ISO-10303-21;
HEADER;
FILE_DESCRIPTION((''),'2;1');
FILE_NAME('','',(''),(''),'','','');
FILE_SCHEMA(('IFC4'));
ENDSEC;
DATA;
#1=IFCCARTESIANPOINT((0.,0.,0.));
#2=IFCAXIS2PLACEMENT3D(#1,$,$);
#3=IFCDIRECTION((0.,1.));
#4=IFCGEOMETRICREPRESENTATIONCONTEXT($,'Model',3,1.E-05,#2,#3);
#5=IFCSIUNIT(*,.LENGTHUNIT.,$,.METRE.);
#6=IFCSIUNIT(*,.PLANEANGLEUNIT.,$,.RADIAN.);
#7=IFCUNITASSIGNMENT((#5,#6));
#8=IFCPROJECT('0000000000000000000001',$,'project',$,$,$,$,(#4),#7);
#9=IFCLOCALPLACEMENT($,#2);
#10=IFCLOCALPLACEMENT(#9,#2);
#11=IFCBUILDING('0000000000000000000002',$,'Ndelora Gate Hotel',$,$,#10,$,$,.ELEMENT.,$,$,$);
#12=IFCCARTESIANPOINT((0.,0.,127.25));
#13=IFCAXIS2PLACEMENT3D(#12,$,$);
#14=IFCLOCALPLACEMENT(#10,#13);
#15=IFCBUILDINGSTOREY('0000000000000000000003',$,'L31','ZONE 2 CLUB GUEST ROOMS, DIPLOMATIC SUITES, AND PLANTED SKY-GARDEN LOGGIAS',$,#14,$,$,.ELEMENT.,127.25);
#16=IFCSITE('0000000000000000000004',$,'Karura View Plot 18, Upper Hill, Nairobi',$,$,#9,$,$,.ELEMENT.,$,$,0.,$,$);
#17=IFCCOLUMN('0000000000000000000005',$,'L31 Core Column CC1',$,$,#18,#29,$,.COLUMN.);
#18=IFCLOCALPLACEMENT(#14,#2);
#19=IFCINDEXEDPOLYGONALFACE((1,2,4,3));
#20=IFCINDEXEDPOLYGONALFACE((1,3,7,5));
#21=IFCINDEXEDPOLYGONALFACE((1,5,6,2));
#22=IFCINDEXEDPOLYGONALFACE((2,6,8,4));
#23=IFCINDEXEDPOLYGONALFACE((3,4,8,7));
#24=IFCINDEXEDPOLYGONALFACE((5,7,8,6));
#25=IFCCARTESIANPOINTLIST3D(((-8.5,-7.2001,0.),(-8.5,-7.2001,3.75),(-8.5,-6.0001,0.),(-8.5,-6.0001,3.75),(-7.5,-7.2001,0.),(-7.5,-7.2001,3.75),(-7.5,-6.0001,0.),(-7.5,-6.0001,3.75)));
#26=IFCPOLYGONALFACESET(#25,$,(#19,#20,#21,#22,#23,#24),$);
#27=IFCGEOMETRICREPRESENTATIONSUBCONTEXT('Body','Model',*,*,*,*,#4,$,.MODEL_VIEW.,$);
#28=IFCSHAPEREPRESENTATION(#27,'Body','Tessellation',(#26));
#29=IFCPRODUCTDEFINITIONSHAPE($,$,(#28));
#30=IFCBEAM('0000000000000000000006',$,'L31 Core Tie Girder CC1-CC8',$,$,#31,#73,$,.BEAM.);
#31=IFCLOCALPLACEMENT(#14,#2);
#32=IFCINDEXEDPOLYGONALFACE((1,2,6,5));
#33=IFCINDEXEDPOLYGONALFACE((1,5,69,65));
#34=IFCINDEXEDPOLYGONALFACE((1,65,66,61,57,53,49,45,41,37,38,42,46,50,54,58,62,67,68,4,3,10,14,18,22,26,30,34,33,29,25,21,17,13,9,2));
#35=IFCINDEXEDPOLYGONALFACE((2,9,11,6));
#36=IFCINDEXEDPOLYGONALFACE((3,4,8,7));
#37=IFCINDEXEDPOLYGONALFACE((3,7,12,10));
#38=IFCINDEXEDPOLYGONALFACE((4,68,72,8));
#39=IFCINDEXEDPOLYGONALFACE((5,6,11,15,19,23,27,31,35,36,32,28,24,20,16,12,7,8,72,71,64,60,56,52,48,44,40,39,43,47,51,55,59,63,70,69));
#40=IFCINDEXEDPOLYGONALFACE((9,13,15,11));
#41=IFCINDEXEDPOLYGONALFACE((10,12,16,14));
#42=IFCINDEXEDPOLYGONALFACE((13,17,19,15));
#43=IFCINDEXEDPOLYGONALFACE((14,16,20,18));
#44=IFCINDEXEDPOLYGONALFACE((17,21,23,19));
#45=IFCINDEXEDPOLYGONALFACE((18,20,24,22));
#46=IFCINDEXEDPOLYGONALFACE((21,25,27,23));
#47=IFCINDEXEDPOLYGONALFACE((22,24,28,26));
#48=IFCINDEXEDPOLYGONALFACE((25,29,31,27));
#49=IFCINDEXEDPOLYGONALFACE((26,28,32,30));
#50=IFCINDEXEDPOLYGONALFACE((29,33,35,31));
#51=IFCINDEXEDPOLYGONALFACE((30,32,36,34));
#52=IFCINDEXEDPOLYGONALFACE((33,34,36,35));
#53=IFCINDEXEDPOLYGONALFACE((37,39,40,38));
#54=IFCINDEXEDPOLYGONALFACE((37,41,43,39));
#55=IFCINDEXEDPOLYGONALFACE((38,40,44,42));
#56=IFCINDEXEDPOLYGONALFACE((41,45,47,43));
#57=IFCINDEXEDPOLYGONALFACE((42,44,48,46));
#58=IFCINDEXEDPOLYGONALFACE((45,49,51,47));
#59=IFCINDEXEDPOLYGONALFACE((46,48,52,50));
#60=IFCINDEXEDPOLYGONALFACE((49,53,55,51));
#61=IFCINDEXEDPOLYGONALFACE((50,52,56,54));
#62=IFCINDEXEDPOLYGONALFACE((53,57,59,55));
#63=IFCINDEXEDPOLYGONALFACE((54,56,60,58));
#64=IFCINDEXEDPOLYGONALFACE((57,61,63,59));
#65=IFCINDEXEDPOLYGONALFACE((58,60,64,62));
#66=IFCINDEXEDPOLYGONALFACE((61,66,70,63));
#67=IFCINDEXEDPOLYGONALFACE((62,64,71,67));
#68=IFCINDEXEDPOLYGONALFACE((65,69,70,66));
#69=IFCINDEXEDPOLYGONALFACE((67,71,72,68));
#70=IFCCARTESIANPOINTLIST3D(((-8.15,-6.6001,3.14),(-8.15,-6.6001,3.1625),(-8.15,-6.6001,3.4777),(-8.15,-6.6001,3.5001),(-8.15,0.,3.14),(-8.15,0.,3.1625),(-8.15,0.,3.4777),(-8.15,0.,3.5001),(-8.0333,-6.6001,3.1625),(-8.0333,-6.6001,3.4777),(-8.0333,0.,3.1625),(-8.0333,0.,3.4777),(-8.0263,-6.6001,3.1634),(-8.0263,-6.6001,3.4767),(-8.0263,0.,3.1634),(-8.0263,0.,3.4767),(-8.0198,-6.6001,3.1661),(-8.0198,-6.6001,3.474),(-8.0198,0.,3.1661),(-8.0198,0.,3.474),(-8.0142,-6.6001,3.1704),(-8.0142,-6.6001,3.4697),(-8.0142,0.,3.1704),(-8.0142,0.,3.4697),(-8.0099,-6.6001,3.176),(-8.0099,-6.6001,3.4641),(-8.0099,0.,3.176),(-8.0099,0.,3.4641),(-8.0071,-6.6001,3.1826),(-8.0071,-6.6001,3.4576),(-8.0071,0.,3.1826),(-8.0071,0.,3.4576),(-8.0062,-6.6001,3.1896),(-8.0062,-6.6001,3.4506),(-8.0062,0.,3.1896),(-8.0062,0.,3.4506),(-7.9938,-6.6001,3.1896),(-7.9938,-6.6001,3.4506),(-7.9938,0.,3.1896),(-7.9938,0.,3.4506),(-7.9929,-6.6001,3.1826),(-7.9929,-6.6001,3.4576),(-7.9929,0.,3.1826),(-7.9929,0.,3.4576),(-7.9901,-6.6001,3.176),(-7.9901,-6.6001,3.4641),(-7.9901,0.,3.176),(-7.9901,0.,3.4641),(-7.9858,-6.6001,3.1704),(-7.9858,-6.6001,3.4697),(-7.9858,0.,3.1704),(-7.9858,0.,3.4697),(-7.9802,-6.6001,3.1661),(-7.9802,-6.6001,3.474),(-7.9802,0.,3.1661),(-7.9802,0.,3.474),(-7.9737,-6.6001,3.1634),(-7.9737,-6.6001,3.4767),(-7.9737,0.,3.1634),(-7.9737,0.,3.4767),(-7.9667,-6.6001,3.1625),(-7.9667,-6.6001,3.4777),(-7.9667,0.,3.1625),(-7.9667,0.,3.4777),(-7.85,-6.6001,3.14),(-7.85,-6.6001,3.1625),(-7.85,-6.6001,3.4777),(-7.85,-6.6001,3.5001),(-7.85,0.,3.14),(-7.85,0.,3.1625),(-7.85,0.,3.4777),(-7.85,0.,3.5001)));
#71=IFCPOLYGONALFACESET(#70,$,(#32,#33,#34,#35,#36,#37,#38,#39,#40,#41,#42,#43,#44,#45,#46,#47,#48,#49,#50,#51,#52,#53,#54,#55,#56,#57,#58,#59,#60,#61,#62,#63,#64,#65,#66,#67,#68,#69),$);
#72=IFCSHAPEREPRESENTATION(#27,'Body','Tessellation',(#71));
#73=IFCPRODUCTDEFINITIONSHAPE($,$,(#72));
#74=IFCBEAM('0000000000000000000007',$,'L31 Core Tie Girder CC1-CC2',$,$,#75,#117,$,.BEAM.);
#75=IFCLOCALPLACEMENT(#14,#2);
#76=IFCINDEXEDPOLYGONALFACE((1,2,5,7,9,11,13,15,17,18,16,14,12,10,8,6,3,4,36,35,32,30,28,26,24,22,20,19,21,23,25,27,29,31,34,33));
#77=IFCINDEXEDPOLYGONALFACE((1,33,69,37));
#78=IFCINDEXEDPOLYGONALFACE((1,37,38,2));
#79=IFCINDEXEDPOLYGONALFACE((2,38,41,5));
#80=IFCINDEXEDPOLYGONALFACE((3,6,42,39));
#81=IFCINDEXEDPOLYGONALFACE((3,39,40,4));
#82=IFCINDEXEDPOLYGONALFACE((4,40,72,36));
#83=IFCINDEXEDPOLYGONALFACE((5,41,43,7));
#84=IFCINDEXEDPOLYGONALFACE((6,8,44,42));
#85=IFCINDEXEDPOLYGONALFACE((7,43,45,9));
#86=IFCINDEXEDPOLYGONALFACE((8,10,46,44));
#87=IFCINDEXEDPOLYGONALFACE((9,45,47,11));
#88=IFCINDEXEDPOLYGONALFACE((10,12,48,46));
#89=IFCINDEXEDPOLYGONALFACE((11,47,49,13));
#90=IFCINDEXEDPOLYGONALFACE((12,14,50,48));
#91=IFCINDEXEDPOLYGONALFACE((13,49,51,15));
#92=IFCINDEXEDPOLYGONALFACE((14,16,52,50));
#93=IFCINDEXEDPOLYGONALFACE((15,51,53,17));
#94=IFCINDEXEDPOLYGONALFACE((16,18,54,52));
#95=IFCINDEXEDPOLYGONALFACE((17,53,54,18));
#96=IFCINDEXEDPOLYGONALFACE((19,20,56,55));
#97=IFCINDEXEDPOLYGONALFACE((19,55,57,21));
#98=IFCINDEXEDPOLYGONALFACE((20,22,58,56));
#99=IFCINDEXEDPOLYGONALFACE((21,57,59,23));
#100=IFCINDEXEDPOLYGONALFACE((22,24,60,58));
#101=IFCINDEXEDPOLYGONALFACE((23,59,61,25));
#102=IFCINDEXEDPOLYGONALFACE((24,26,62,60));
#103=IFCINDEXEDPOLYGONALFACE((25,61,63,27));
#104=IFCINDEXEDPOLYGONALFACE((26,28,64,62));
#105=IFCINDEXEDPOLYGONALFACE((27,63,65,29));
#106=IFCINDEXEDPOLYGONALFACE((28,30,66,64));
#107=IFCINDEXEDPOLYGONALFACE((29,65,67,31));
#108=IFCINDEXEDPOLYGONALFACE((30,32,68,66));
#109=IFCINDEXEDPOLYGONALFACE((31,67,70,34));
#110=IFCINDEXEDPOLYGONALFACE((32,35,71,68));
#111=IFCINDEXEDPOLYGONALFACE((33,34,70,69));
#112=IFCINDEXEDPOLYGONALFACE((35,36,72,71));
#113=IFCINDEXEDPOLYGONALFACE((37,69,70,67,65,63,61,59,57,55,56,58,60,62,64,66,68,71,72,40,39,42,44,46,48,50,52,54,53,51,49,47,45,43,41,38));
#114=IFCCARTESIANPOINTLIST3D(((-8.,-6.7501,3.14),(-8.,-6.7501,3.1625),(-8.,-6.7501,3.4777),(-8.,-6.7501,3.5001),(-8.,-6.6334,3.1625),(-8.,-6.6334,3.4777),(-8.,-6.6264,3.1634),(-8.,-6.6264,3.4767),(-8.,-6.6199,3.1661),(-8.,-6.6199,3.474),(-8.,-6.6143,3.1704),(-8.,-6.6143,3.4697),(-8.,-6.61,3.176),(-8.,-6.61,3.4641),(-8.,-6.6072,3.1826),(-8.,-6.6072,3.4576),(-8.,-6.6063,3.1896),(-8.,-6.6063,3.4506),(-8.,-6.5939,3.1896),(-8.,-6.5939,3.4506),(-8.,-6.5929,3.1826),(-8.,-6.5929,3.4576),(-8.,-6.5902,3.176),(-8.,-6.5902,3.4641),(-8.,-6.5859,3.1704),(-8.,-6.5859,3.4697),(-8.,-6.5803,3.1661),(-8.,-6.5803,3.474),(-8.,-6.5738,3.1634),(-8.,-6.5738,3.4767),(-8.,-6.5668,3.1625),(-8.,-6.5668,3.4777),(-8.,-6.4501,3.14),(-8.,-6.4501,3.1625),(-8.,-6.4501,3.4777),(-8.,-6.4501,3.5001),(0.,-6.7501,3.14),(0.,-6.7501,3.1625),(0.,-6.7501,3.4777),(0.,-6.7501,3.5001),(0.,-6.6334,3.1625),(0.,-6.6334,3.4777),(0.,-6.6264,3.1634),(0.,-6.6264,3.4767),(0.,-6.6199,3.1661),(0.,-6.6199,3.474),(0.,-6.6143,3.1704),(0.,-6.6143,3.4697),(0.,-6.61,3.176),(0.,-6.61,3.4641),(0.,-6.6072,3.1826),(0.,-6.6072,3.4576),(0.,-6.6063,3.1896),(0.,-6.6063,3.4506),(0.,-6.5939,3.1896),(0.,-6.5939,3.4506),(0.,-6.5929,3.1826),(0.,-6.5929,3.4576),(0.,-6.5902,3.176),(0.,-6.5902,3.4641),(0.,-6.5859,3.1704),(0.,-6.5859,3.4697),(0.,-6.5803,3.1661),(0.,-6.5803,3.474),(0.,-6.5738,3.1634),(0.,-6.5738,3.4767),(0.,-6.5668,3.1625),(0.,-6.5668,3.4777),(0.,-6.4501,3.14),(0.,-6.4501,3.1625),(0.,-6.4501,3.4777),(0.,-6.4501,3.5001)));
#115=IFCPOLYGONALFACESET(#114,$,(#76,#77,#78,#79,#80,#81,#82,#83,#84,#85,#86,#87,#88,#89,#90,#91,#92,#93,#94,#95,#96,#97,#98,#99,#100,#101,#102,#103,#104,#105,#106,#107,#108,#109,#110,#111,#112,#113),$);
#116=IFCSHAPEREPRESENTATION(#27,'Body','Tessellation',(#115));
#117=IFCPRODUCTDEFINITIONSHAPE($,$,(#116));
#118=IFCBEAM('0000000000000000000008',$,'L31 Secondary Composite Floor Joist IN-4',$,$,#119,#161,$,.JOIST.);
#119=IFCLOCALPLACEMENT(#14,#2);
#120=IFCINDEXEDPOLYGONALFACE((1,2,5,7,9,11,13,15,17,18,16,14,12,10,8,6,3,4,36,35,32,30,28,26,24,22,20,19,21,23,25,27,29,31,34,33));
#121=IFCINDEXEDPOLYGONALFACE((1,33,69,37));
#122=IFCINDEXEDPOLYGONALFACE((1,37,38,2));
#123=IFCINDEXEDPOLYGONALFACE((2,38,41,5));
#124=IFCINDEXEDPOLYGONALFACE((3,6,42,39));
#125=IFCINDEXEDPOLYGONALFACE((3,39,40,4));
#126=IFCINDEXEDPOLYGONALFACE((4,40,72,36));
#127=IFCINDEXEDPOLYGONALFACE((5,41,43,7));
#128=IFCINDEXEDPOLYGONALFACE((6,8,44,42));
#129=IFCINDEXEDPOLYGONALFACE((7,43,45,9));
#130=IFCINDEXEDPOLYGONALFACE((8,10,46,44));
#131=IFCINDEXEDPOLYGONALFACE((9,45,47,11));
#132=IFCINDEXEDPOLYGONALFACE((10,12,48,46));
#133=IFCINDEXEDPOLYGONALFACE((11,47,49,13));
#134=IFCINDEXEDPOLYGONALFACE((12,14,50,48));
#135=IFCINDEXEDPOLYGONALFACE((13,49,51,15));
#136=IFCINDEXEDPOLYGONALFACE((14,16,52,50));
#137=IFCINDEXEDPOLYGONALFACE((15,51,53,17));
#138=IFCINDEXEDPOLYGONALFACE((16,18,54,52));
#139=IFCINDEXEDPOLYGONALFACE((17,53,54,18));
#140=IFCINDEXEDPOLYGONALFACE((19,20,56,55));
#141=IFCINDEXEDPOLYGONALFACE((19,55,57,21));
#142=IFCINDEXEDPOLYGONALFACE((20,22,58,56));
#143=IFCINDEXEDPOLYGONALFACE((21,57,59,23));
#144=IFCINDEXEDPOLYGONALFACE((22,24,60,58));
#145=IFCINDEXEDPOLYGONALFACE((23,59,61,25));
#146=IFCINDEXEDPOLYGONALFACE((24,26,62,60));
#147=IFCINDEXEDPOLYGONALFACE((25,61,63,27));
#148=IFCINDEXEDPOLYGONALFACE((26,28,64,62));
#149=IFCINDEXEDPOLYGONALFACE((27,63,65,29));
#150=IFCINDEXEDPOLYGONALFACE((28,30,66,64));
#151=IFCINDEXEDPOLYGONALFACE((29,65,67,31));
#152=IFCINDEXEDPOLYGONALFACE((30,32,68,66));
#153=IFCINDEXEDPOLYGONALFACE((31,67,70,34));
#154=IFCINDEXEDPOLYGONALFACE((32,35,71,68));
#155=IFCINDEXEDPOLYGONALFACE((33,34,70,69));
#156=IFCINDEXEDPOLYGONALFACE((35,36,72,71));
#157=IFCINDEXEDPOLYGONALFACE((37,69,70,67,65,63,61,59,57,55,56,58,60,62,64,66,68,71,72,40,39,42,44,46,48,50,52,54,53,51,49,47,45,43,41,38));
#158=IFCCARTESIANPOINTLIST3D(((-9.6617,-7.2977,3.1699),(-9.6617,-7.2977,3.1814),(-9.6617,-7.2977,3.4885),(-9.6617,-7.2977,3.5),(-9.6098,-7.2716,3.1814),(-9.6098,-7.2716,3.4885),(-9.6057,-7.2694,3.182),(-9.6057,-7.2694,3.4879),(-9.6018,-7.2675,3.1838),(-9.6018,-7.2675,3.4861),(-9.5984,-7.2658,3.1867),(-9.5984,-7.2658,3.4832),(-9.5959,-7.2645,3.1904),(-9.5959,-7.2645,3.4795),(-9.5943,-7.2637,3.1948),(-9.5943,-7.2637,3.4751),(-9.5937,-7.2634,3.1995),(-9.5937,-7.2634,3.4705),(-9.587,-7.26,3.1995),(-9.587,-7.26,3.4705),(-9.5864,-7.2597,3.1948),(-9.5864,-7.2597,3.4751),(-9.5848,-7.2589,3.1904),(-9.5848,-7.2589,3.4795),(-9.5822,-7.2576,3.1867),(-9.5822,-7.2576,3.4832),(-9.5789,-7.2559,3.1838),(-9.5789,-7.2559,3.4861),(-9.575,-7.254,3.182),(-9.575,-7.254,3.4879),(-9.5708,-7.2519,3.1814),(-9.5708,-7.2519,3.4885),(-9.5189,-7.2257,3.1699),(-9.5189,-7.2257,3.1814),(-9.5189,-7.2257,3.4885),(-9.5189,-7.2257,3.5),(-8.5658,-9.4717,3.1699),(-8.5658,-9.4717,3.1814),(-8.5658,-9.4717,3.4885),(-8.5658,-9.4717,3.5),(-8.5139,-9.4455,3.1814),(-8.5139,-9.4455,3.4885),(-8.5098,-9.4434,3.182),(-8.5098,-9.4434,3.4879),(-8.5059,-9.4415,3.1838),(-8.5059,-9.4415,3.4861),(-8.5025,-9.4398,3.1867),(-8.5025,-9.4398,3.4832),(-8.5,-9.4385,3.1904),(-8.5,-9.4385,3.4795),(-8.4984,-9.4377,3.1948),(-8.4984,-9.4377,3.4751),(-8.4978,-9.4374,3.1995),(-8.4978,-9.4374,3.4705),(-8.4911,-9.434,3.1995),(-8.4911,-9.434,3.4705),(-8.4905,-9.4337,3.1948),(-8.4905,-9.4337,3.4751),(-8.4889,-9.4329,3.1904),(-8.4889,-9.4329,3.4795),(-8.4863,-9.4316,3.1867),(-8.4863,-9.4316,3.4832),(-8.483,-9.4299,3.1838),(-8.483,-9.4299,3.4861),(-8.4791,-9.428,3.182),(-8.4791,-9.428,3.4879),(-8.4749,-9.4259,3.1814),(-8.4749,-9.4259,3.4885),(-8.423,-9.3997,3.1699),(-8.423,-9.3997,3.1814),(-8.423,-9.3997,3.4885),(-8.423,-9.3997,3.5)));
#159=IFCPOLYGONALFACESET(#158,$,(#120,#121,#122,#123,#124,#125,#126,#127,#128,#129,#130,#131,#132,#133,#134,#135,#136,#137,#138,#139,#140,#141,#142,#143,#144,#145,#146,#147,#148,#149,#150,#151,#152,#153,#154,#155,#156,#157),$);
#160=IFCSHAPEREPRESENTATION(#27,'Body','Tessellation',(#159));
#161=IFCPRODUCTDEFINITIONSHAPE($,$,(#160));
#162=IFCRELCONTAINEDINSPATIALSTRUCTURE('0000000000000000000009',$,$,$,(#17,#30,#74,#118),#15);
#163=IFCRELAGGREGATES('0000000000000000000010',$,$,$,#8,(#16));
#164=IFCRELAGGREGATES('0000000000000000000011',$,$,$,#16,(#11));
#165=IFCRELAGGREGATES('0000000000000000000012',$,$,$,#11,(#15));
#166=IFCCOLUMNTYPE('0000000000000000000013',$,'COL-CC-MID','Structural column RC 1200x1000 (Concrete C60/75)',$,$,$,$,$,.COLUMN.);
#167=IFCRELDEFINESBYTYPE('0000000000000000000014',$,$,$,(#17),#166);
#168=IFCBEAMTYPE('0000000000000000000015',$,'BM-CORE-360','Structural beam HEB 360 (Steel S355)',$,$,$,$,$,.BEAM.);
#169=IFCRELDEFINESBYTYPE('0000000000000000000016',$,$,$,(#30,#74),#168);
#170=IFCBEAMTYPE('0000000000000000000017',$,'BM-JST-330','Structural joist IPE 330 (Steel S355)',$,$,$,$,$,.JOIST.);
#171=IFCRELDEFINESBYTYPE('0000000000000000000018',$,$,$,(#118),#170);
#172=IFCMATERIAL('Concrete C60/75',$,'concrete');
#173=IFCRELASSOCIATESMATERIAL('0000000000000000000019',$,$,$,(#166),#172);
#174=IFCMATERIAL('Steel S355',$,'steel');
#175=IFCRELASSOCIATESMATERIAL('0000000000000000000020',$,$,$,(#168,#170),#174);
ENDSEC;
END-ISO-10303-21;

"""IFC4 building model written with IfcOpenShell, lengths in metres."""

from ifc_helpers import new_model, si_unit, direction, frame, origin, origin_2d, place, context, subcontext, project, spatial, rectangle, i_section, extrude, material, material_profile, profile_set, type_object, element, save


model = new_model("IFC4")

# Units and contexts
model_context = context("Model", 3, precision=1e-05, world=origin(), true_north=direction((0.0, 1.0)))
body_context = subcontext(model_context, "Body", "Model", "MODEL_VIEW")
ifc_project = project(units=[si_unit("LENGTHUNIT", "METRE"), si_unit("PLANEANGLEUNIT", "RADIAN")], contexts=[model_context])

# Site, building, storey
site_placement = place(None, origin())
site = spatial("IfcSite", under=ifc_project, at=site_placement, Name="Karura View Plot 18, Upper Hill, Nairobi", CompositionType="ELEMENT", RefElevation=0.0)
building_placement = place(site_placement, origin())
building = spatial("IfcBuilding", under=site, at=building_placement, Name="Ndelora Gate Hotel", CompositionType="ELEMENT")
storey_placement = place(building_placement, frame((0.0, 0.0, 127.25)))
storey = spatial("IfcBuildingStorey", under=building, at=storey_placement, Name="L31", Description="ZONE 2 CLUB GUEST ROOMS, DIPLOMATIC SUITES, AND PLANTED SKY-GARDEN LOGGIAS", CompositionType="ELEMENT", Elevation=127.25)

# Column
ifc_material_1 = material(Name="Concrete C60/75", Category="concrete")
ifc_material_profile_1 = material_profile(ifc_material_1, rectangle(XDim=1.0, YDim=1.2, at=origin_2d()), Name="RC 1200x1000")
ifc_profile_set_1 = profile_set([ifc_material_profile_1], Name="Concrete C60/75")
column_type = type_object("IfcColumnType", Name="COL-CC-MID", Description="Structural column RC 1200x1000 (Concrete C60/75)", PredefinedType="COLUMN", material=ifc_profile_set_1)
column_placement = place(storey_placement, frame((-8.0, -6.6001, 0.0), z_axis=(0.0, 0.0, 1.0), x_axis=(1.0, 0.0, 0.0)))
element("IfcColumn", 1, at=column_placement, inside=storey, type_object=column_type, Name="L31 Core Column CC1", PredefinedType="COLUMN", context=body_context, shape_type="SweptSolid", body=[
    extrude(rectangle(XDim=1.0, YDim=1.2, at=origin_2d()), origin(), (0.0, 0.0, 1.0), 3.75),
])

# Beams
ifc_material_2 = material(Name="Steel S355", Category="steel")
ifc_material_profile_2 = material_profile(ifc_material_2, i_section(OverallWidth=0.3, OverallDepth=0.3601, WebThickness=0.0125, FlangeThickness=0.0225, FilletRadius=0.0271, at=origin_2d()), Name="HEB 360")
ifc_profile_set_2 = profile_set([ifc_material_profile_2], Name="Steel S355")
beam_type_1 = type_object("IfcBeamType", Name="BM-CORE-360", Description="Structural beam HEB 360 (Steel S355)", PredefinedType="BEAM", material=ifc_profile_set_2)
beam_1_placement = place(storey_placement, frame((-8.0, -6.6001, 3.3201), z_axis=(0.0, 1.0, 0.0), x_axis=(-1.0, 0.0, 0.0)))
element("IfcBeam", 2, at=beam_1_placement, inside=storey, type_object=beam_type_1, Name="L31 Core Tie Girder CC1-CC8", PredefinedType="BEAM", context=body_context, shape_type="SweptSolid", body=[
    extrude(i_section(OverallWidth=0.3, OverallDepth=0.3601, WebThickness=0.0125, FlangeThickness=0.0225, FilletRadius=0.0271, at=origin_2d()), origin(), (0.0, 0.0, 1.0), 6.6001),
])
beam_2_placement = place(storey_placement, frame((-8.0, -6.6001, 3.3201), z_axis=(1.0, 0.0, 0.0), x_axis=(0.0, 1.0, 0.0)))
element("IfcBeam", 3, at=beam_2_placement, inside=storey, type_object=beam_type_1, Name="L31 Core Tie Girder CC1-CC2", PredefinedType="BEAM", context=body_context, shape_type="SweptSolid", body=[
    extrude(i_section(OverallWidth=0.3, OverallDepth=0.3601, WebThickness=0.0125, FlangeThickness=0.0225, FilletRadius=0.0271, at=origin_2d()), origin(), (0.0, 0.0, 1.0), 8.0),
])
ifc_material_profile_3 = material_profile(ifc_material_2, i_section(OverallWidth=0.1599, OverallDepth=0.3301, WebThickness=0.0076, FlangeThickness=0.0115, FilletRadius=0.0181, at=origin_2d()), Name="IPE 330")
ifc_profile_set_3 = profile_set([ifc_material_profile_3], Name="Steel S355")
beam_type_2 = type_object("IfcBeamType", Name="BM-JST-330", Description="Structural joist IPE 330 (Steel S355)", PredefinedType="JOIST", material=ifc_profile_set_3)
beam_3_placement = place(storey_placement, frame((-9.5903, -7.2617, 3.335), z_axis=(0.450139, -0.892958, 0.0), x_axis=(0.892958, 0.450139, 0.0)))
element("IfcBeam", 4, at=beam_3_placement, inside=storey, type_object=beam_type_2, Name="L31 Secondary Composite Floor Joist IN-4", PredefinedType="JOIST", context=body_context, shape_type="SweptSolid", body=[
    extrude(i_section(OverallWidth=0.1599, OverallDepth=0.3301, WebThickness=0.0076, FlangeThickness=0.0115, FilletRadius=0.0181, at=origin_2d()), origin(), (0.0, 0.0, 1.0), 2.4346),
])

save(model, "model.ifc")
